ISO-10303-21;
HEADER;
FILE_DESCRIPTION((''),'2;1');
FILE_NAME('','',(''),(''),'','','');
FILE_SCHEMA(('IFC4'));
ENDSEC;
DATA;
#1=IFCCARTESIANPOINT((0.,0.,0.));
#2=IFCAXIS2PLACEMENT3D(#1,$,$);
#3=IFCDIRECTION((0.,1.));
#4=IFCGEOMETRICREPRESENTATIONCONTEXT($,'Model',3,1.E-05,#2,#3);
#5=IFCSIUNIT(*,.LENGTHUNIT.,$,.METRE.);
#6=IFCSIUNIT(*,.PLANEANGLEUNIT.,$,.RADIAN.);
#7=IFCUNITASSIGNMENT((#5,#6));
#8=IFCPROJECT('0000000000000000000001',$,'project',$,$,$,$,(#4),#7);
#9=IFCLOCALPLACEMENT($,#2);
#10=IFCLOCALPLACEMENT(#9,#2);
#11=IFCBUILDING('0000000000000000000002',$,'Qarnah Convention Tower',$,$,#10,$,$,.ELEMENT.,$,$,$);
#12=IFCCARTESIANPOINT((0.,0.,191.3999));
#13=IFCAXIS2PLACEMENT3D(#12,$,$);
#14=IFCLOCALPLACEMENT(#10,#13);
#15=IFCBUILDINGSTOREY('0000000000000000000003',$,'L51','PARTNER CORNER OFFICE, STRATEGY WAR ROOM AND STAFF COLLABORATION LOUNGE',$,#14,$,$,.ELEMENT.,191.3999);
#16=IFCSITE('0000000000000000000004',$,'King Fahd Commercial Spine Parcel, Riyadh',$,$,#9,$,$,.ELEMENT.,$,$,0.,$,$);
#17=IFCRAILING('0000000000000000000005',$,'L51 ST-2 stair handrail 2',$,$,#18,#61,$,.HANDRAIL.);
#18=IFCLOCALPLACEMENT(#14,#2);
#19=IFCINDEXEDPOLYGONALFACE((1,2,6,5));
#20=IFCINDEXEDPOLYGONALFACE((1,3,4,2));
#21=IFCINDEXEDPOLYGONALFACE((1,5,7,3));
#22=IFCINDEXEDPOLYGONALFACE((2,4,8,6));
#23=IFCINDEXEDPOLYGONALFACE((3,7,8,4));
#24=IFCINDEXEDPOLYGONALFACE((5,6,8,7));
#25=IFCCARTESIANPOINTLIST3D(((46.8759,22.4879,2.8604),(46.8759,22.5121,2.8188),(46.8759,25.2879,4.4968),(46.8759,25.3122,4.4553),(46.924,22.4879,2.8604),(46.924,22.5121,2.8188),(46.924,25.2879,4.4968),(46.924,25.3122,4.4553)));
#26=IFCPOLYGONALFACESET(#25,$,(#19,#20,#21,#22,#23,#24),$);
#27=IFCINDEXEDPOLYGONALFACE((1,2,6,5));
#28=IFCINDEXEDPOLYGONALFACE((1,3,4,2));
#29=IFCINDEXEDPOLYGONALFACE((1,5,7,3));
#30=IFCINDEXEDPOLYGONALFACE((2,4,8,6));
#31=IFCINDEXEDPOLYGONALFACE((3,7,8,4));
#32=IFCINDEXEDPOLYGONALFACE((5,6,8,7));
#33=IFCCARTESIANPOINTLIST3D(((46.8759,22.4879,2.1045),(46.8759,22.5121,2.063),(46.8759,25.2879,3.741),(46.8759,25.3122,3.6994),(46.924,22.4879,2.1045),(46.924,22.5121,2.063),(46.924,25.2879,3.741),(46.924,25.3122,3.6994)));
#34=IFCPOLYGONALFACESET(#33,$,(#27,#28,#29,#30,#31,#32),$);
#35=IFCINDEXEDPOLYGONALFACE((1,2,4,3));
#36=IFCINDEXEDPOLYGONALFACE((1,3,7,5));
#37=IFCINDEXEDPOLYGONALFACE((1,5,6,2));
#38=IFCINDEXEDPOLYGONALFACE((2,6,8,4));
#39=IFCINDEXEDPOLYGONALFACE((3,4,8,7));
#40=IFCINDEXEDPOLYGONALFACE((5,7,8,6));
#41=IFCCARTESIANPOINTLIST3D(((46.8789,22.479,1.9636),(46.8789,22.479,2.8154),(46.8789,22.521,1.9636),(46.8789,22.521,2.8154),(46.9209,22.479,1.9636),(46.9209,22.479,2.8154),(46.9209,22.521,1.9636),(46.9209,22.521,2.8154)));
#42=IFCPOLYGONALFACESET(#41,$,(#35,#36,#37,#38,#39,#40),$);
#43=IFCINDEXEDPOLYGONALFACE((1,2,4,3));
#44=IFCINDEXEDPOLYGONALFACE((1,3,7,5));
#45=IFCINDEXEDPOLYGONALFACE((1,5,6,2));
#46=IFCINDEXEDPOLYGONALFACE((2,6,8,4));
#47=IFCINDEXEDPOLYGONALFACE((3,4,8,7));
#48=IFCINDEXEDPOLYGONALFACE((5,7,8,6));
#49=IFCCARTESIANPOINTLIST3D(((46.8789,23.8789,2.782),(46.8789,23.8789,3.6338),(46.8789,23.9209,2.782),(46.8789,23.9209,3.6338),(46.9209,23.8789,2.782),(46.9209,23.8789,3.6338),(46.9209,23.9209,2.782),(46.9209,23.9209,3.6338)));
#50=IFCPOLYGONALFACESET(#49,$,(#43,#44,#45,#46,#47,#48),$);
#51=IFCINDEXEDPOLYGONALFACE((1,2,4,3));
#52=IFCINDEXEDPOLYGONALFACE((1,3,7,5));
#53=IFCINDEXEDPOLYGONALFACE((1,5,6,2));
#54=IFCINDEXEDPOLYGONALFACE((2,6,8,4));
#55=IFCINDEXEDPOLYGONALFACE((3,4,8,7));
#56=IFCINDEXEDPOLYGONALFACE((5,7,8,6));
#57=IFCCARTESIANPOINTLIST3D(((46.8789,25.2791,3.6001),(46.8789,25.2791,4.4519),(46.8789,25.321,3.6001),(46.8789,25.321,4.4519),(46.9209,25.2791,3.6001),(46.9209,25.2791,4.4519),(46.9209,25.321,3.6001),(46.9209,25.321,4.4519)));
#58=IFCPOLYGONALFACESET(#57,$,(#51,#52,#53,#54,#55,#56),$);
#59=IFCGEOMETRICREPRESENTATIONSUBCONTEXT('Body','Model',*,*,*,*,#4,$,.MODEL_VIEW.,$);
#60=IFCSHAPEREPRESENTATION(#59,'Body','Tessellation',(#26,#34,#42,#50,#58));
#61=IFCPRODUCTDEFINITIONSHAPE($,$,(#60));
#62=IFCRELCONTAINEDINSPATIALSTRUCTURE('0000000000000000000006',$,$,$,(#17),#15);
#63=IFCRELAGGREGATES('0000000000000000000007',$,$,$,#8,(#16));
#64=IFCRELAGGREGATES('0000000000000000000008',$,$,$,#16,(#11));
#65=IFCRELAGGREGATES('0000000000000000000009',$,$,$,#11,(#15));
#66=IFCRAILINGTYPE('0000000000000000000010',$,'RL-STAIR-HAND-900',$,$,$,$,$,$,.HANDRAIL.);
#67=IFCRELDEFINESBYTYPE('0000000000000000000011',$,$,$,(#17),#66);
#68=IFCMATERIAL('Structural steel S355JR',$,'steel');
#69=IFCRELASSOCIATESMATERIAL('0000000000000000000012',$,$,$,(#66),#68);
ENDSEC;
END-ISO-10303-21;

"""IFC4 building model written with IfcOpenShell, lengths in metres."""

from ifc_helpers import new_model, si_unit, direction, frame, origin, origin_2d, place, context, subcontext, project, spatial, rectangle, extrude, material, type_object, element, save


model = new_model("IFC4")

# Units and contexts
model_context = context("Model", 3, precision=1e-05, world=origin(), true_north=direction((0.0, 1.0)))
body_context = subcontext(model_context, "Body", "Model", "MODEL_VIEW")
ifc_project = project(units=[si_unit("LENGTHUNIT", "METRE"), si_unit("PLANEANGLEUNIT", "RADIAN")], contexts=[model_context])

# Site, building, storey
site_placement = place(None, origin())
site = spatial("IfcSite", under=ifc_project, at=site_placement, Name="King Fahd Commercial Spine Parcel, Riyadh", CompositionType="ELEMENT", RefElevation=0.0)
building_placement = place(site_placement, origin())
building = spatial("IfcBuilding", under=site, at=building_placement, Name="Qarnah Convention Tower", CompositionType="ELEMENT")
storey_placement = place(building_placement, frame((0.0, 0.0, 191.3999)))
storey = spatial("IfcBuildingStorey", under=building, at=storey_placement, Name="L51", Description="PARTNER CORNER OFFICE, STRATEGY WAR ROOM AND STAFF COLLABORATION LOUNGE", CompositionType="ELEMENT", Elevation=191.3999)

# Shared definitions
ifc_material_1 = material(Name="Structural steel S355JR", Category="steel")

# Railing
railing_type_1 = type_object("IfcRailingType", Name="RL-STAIR-HAND-900", PredefinedType="HANDRAIL", material=ifc_material_1)
railing_1_placement = place(storey_placement, frame((46.8999, 22.5, 1.9636)))
element("IfcRailing", 1, at=railing_1_placement, inside=storey, type_object=railing_type_1, Name="L51 ST-2 stair handrail 2", PredefinedType="HANDRAIL", context=body_context, shape_type="SweptSolid", body=[
    extrude(rectangle(XDim=0.0481, YDim=0.0481, at=origin_2d()), frame((0.0, 0.0, 0.876), z_axis=(0.0, 0.863361, 0.504587), x_axis=(-1.0, 0.0, 0.0)), (0.0, 0.0, 1.0), 3.2432),
    extrude(rectangle(XDim=0.0481, YDim=0.0481, at=origin_2d()), frame((0.0, 0.0, 0.1201), z_axis=(0.0, 0.863361, 0.504587), x_axis=(-1.0, 0.0, 0.0)), (0.0, 0.0, 1.0), 3.2432),
    extrude(rectangle(XDim=0.042, YDim=0.042, at=origin_2d()), origin(), (0.0, 0.0, 1.0), 0.8518),
    extrude(rectangle(XDim=0.042, YDim=0.042, at=origin_2d()), frame((0.0, 1.3999, 0.8184)), (0.0, 0.0, 1.0), 0.8518),
    extrude(rectangle(XDim=0.042, YDim=0.042, at=origin_2d()), frame((0.0, 2.8, 1.6365)), (0.0, 0.0, 1.0), 0.8518),
])

save(model, "model.ifc")
